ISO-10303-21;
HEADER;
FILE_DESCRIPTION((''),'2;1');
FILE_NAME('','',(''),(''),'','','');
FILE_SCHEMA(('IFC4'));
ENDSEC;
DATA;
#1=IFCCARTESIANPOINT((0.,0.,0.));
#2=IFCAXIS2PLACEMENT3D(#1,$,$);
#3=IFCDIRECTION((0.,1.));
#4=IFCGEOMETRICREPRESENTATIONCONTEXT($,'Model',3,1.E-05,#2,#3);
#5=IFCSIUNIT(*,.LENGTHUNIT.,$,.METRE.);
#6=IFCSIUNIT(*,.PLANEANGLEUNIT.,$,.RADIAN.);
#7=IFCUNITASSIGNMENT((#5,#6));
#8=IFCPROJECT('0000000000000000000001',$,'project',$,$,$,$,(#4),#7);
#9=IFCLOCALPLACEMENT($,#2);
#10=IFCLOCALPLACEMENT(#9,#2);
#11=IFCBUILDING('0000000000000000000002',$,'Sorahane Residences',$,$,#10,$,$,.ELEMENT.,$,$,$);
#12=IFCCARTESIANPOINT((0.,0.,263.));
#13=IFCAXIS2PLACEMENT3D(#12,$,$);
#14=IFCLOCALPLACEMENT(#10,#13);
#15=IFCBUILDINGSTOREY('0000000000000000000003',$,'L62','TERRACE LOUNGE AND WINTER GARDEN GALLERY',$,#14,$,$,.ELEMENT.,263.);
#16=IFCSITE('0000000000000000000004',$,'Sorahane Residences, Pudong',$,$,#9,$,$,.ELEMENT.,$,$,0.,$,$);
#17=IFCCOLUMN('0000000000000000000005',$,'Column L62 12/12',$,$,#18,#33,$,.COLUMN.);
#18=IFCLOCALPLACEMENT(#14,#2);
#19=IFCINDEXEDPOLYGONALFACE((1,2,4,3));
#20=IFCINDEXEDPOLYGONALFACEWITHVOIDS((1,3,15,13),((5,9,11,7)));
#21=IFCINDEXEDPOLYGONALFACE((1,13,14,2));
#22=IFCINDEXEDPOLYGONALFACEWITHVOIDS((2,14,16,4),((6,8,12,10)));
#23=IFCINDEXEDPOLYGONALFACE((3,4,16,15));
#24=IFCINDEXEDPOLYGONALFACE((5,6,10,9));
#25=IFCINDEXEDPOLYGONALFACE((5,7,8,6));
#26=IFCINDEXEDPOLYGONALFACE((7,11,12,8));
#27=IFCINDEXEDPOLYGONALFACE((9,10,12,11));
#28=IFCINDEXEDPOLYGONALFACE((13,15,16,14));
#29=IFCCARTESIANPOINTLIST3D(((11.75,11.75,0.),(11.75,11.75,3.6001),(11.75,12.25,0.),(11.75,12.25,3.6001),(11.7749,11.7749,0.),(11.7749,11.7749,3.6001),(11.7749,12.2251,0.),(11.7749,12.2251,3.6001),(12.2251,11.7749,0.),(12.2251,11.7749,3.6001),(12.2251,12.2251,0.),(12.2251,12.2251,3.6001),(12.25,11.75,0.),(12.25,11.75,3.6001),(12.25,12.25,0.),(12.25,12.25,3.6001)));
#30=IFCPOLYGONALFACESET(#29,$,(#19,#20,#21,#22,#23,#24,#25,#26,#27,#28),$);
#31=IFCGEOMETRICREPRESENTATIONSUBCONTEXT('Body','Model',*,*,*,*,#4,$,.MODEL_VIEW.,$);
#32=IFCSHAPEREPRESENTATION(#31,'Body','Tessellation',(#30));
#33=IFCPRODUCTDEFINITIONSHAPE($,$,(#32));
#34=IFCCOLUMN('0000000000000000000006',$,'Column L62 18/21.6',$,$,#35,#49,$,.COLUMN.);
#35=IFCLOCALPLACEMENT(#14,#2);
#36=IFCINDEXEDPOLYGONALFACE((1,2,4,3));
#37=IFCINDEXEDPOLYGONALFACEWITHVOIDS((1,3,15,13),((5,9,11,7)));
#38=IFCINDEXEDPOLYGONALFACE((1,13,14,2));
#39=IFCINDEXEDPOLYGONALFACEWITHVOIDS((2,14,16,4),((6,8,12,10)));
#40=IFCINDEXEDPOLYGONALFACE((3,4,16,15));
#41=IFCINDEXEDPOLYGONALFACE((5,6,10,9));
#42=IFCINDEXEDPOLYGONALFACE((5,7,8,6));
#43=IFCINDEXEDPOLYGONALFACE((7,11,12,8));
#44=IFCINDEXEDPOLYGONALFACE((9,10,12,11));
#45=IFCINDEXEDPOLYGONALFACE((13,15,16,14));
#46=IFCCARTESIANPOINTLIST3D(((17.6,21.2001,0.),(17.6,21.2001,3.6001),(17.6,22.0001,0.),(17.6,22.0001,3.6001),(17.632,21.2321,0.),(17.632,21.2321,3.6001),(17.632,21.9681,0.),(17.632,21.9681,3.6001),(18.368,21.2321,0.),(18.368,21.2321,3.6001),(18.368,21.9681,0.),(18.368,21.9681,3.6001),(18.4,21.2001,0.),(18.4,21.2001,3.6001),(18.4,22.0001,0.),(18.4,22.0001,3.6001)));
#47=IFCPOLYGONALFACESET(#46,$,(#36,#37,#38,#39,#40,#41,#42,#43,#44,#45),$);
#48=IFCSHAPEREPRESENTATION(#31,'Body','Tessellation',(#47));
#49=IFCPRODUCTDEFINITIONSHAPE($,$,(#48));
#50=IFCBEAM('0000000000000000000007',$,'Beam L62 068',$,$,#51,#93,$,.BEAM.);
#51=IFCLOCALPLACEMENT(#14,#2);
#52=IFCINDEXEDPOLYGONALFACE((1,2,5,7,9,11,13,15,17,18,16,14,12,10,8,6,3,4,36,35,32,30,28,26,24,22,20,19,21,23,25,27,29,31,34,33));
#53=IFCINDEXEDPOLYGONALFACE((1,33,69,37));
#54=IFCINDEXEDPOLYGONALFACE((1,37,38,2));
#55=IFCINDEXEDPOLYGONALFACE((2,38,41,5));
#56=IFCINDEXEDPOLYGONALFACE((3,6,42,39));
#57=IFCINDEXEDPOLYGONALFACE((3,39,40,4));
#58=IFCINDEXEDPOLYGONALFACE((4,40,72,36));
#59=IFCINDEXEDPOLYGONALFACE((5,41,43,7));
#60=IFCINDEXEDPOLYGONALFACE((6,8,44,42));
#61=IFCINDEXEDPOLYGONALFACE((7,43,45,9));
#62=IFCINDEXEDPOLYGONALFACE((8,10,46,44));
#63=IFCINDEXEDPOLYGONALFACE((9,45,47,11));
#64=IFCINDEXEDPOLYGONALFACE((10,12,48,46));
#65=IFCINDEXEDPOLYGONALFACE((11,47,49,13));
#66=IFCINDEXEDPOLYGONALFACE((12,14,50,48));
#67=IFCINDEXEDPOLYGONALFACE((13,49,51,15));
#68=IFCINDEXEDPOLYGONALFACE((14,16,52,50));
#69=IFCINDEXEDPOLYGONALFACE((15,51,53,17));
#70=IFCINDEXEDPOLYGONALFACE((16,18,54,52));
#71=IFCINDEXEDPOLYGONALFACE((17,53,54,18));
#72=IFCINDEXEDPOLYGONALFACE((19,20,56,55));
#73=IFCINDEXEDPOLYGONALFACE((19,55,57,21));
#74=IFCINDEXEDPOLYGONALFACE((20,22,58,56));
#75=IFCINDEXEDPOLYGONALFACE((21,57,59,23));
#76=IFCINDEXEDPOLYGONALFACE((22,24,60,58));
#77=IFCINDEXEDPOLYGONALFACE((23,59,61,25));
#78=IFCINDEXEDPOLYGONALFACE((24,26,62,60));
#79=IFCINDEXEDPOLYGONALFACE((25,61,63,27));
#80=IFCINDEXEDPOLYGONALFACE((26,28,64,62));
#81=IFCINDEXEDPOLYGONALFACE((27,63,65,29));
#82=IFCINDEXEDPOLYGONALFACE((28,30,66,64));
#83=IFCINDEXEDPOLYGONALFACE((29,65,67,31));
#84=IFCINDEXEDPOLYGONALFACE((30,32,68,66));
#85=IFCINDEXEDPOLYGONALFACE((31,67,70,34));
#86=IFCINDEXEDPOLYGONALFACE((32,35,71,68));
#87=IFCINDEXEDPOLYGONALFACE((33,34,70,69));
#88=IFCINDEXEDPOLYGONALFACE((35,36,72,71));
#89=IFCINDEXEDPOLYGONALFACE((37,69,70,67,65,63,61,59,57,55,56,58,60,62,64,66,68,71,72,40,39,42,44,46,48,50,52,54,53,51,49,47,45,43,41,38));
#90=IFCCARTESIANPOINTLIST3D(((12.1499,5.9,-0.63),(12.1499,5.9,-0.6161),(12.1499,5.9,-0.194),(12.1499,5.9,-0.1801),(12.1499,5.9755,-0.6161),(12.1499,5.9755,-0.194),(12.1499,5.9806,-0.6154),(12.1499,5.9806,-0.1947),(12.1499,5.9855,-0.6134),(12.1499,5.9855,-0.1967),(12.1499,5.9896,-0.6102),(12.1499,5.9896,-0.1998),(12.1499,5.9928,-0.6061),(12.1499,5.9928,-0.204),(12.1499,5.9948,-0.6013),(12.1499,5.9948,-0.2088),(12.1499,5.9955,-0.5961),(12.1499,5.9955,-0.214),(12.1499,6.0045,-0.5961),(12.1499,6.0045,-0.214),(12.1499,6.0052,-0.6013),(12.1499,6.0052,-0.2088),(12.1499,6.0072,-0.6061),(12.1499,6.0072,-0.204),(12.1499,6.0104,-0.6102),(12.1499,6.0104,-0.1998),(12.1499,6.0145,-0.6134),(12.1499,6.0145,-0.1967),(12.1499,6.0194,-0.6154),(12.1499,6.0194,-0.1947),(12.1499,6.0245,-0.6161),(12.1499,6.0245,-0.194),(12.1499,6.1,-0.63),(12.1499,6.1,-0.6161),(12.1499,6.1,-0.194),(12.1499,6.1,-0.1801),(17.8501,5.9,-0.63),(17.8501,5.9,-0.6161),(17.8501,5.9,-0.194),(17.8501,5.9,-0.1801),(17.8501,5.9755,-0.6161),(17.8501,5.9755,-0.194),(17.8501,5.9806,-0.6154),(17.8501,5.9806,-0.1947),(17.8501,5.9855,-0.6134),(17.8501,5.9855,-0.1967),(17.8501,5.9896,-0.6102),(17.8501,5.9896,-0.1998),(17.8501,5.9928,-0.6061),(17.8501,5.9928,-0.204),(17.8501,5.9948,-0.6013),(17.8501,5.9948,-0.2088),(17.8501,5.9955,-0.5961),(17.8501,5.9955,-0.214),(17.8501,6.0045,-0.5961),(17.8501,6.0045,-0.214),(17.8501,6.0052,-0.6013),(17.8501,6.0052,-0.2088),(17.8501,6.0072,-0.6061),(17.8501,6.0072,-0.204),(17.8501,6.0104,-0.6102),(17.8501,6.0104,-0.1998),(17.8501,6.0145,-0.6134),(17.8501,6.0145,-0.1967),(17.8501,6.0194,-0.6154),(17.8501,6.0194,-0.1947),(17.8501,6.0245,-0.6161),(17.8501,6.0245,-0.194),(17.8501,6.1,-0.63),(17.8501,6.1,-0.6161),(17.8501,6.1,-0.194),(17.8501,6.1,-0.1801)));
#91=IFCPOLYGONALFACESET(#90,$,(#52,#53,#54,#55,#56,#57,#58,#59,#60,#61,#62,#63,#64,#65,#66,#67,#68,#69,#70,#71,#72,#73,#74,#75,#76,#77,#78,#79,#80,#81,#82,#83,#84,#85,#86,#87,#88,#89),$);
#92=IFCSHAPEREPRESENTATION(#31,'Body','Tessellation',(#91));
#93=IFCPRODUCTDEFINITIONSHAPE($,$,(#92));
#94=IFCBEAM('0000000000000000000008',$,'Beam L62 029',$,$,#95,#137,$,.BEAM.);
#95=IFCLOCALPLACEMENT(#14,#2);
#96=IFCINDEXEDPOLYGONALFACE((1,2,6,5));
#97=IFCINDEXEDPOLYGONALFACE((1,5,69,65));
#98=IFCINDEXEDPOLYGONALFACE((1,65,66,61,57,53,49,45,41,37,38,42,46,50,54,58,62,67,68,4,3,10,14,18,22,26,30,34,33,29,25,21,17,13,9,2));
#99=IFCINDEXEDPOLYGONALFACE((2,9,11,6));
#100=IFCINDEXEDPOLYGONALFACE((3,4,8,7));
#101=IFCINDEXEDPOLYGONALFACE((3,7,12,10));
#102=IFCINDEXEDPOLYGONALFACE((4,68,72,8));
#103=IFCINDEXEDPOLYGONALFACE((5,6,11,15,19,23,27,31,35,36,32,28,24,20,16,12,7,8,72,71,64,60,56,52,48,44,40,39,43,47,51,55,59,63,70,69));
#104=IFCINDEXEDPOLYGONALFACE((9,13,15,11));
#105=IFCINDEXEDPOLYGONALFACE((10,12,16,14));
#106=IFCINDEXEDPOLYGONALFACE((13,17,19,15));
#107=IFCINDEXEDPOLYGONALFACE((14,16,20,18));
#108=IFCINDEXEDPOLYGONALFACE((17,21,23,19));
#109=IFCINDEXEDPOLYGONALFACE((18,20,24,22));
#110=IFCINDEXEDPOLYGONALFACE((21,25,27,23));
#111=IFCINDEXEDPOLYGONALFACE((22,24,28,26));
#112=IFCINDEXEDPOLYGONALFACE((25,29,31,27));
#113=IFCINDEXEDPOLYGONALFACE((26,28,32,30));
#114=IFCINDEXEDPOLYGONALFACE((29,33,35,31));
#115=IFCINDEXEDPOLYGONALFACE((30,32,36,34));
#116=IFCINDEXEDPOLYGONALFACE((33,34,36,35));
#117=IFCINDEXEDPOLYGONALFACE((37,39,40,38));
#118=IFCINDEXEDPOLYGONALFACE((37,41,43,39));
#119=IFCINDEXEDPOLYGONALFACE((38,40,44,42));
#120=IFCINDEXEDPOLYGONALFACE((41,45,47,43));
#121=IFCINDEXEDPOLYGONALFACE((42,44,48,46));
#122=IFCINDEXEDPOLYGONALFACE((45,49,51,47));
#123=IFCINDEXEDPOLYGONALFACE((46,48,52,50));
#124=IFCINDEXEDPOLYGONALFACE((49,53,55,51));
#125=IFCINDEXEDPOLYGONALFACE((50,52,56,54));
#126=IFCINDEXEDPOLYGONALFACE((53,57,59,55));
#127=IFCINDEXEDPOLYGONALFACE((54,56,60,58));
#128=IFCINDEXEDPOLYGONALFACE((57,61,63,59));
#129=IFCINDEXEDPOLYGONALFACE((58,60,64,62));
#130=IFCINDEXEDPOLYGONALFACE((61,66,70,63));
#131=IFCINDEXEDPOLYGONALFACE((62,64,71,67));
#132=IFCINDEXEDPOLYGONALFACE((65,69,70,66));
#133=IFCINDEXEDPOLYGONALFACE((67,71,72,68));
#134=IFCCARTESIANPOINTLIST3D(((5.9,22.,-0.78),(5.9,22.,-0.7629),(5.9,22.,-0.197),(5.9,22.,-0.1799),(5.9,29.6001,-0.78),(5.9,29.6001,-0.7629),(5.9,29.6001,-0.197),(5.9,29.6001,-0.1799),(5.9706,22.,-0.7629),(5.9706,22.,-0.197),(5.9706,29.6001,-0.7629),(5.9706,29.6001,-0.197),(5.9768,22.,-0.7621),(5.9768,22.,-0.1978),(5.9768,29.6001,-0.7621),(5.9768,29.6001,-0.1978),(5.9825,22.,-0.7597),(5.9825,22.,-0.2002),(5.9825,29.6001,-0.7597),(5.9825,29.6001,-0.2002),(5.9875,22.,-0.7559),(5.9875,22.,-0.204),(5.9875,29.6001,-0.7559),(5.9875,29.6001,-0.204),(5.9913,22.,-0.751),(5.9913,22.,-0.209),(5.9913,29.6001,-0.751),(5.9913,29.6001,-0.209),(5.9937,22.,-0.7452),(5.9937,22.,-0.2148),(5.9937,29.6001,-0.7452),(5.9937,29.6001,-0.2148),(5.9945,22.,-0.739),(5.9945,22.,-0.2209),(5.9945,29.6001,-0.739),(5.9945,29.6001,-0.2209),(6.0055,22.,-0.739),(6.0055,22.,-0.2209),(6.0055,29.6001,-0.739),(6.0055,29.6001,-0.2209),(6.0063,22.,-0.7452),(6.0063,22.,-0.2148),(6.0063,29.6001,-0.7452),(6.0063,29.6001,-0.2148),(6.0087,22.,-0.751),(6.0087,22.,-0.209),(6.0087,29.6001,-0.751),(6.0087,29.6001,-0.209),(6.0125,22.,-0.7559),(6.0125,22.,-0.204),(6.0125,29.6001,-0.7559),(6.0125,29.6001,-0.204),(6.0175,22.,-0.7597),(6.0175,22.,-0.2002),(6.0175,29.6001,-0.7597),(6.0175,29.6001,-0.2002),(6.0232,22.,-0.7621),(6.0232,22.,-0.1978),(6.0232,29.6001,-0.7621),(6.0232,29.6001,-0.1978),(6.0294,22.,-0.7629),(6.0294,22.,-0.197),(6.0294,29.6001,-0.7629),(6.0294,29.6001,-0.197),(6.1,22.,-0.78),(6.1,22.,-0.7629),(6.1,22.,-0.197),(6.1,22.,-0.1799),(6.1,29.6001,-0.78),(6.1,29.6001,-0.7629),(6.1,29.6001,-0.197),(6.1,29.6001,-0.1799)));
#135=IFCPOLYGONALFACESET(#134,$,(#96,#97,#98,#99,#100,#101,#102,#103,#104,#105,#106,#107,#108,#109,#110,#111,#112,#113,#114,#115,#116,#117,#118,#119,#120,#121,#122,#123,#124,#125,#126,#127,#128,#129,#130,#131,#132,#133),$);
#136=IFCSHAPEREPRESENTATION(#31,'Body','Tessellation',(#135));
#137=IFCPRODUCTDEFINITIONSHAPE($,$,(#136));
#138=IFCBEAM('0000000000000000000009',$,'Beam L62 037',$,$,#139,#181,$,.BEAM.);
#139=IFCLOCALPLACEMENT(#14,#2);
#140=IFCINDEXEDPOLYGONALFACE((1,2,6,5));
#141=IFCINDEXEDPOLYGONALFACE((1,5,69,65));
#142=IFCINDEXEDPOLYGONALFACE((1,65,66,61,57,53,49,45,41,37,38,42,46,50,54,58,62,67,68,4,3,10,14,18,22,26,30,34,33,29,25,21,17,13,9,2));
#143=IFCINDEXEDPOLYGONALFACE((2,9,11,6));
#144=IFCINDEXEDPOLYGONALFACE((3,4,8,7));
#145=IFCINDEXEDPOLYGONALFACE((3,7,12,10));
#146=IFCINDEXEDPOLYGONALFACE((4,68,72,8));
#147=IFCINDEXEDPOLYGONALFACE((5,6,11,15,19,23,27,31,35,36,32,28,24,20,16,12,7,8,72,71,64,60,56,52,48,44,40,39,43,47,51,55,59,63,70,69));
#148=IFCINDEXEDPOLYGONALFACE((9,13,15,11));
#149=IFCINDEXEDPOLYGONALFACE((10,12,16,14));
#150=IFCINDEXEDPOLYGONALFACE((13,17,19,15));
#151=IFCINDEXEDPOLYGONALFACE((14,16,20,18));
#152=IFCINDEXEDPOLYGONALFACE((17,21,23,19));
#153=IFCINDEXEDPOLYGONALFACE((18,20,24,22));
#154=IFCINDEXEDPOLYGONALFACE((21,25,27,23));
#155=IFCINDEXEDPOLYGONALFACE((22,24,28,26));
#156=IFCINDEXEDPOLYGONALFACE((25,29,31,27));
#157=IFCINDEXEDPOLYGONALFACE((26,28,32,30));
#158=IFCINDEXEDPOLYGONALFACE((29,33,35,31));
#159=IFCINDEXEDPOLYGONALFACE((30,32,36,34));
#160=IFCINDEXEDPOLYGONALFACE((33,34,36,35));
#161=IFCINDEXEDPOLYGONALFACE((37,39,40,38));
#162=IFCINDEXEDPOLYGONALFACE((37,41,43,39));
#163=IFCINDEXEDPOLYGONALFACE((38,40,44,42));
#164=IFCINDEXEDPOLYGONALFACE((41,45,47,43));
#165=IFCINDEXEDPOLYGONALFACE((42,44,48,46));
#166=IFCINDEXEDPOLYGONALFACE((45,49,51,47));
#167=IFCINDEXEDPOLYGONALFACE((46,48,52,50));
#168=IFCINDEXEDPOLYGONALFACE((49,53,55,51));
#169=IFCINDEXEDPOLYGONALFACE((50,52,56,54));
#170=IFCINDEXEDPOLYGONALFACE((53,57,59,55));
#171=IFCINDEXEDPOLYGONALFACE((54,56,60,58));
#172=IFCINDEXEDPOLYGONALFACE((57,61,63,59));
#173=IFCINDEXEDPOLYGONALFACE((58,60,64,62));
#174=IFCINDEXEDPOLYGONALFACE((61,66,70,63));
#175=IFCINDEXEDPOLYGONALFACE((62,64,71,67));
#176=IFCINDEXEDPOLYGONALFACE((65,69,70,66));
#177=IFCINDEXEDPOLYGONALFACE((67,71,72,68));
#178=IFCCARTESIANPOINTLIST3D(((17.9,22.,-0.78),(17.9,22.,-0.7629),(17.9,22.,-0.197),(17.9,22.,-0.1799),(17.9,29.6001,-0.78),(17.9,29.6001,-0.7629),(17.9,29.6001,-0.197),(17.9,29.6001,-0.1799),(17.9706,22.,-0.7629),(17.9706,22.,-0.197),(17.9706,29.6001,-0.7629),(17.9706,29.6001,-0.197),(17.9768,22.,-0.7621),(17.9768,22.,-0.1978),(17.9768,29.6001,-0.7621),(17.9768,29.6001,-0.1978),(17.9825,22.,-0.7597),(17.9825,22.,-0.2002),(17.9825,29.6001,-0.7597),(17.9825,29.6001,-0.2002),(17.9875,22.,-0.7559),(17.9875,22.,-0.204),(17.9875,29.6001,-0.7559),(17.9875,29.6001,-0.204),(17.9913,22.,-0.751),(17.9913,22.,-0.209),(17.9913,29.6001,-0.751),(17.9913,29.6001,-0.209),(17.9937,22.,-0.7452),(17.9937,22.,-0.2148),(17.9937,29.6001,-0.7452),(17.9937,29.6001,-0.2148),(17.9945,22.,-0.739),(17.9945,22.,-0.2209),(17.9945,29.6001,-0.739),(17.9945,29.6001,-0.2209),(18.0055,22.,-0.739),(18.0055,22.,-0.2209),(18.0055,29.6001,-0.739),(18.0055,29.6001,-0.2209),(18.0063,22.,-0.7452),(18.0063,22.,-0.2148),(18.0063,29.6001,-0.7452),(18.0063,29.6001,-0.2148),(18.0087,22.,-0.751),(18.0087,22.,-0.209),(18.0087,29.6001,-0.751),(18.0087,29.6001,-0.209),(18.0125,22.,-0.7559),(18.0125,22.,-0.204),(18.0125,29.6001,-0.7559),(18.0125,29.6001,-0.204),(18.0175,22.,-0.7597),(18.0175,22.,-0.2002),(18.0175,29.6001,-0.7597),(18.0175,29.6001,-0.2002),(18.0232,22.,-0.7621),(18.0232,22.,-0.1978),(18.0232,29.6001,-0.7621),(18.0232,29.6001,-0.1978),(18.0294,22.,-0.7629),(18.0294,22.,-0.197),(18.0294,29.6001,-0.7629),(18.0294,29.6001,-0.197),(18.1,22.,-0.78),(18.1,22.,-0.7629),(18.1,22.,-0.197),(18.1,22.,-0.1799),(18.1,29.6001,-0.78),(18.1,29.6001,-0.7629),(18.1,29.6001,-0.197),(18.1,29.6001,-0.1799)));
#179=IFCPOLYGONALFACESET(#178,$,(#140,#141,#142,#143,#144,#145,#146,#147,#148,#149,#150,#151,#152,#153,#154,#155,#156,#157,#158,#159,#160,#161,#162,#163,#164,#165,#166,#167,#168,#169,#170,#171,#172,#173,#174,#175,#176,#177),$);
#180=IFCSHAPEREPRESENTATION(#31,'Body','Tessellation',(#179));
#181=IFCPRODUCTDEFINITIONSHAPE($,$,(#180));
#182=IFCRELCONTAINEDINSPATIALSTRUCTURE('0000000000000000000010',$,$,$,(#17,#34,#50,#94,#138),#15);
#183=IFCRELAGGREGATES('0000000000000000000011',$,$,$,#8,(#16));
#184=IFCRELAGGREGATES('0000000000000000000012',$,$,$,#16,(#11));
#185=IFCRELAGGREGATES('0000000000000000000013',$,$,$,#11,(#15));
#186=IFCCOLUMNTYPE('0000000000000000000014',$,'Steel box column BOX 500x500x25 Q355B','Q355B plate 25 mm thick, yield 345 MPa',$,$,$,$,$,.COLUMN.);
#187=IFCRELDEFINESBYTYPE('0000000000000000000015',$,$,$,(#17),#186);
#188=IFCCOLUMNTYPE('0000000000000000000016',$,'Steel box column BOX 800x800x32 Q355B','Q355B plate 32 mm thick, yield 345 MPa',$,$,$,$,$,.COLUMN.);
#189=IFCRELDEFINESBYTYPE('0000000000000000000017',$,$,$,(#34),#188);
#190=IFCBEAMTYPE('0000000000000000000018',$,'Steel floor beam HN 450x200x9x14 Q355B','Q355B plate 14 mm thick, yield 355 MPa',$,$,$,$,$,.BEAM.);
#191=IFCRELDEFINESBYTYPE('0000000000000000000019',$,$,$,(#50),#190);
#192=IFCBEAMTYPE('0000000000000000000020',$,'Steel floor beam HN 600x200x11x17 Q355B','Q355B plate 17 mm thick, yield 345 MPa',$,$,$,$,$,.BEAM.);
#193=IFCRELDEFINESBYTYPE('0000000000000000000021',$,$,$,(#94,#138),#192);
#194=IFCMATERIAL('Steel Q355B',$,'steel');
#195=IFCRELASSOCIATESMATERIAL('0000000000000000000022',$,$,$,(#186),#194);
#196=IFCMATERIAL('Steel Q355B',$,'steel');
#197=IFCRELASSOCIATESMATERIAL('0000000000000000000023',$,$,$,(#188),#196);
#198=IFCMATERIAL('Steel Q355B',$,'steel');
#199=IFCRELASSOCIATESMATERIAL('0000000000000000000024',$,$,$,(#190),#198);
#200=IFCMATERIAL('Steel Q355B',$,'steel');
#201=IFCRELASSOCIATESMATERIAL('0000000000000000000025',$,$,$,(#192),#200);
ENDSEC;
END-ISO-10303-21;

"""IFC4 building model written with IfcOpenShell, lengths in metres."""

from ifc_helpers import new_model, si_unit, direction, frame, origin, origin_2d, place, context, subcontext, project, spatial, hollow_rectangle, i_section, extrude, material, material_profile, profile_set, type_object, element, save


model = new_model("IFC4")

# Units and contexts
model_context = context("Model", 3, precision=1e-05, world=origin(), true_north=direction((0.0, 1.0)))
body_context = subcontext(model_context, "Body", "Model", "MODEL_VIEW")
ifc_project = project(units=[si_unit("LENGTHUNIT", "METRE"), si_unit("PLANEANGLEUNIT", "RADIAN")], contexts=[model_context])

# Site, building, storey
site_placement = place(None, origin())
site = spatial("IfcSite", under=ifc_project, at=site_placement, Name="Sorahane Residences, Pudong", CompositionType="ELEMENT", RefElevation=0.0)
building_placement = place(site_placement, origin())
building = spatial("IfcBuilding", under=site, at=building_placement, Name="Sorahane Residences", CompositionType="ELEMENT")
storey_placement = place(building_placement, frame((0.0, 0.0, 263.0)))
storey = spatial("IfcBuildingStorey", under=building, at=storey_placement, Name="L62", Description="TERRACE LOUNGE AND WINTER GARDEN GALLERY", CompositionType="ELEMENT", Elevation=263.0)

# Columns
ifc_material_1 = material(Name="Steel Q355B", Category="steel")
ifc_material_profile_1 = material_profile(ifc_material_1, hollow_rectangle(XDim=0.5, YDim=0.5, WallThickness=0.0249, at=origin_2d()), Name="BOX 500x500x25")
ifc_profile_set_1 = profile_set([ifc_material_profile_1], Name="Steel Q355B")
column_type_1 = type_object("IfcColumnType", Name="Steel box column BOX 500x500x25 Q355B", Description="Q355B plate 25 mm thick, yield 345 MPa", PredefinedType="COLUMN", material=ifc_profile_set_1)
column_1_placement = place(storey_placement, frame((12.0, 12.0, 0.0), z_axis=(0.0, 0.0, 1.0), x_axis=(1.0, 0.0, 0.0)))
element("IfcColumn", 1, at=column_1_placement, inside=storey, type_object=column_type_1, Name="Column L62 12/12", PredefinedType="COLUMN", context=body_context, shape_type="SweptSolid", body=[
    extrude(hollow_rectangle(XDim=0.5, YDim=0.5, WallThickness=0.0249, at=origin_2d()), origin(), (0.0, 0.0, 1.0), 3.6001),
])
ifc_material_2 = material(Name="Steel Q355B", Category="steel")
ifc_material_profile_2 = material_profile(ifc_material_2, hollow_rectangle(XDim=0.8, YDim=0.8, WallThickness=0.032, at=origin_2d()), Name="BOX 800x800x32")
ifc_profile_set_2 = profile_set([ifc_material_profile_2], Name="Steel Q355B")
column_type_2 = type_object("IfcColumnType", Name="Steel box column BOX 800x800x32 Q355B", Description="Q355B plate 32 mm thick, yield 345 MPa", PredefinedType="COLUMN", material=ifc_profile_set_2)
column_2_placement = place(storey_placement, frame((18.0, 21.6001, 0.0), z_axis=(0.0, 0.0, 1.0), x_axis=(1.0, 0.0, 0.0)))
element("IfcColumn", 2, at=column_2_placement, inside=storey, type_object=column_type_2, Name="Column L62 18/21.6", PredefinedType="COLUMN", context=body_context, shape_type="SweptSolid", body=[
    extrude(hollow_rectangle(XDim=0.8, YDim=0.8, WallThickness=0.032, at=origin_2d()), origin(), (0.0, 0.0, 1.0), 3.6001),
])

# Beams
ifc_material_3 = material(Name="Steel Q355B", Category="steel")
ifc_material_profile_3 = material_profile(ifc_material_3, i_section(OverallWidth=0.2, OverallDepth=0.45, WebThickness=0.009, FlangeThickness=0.0139, FilletRadius=0.02, at=origin_2d()), Name="HN 450x200x9x14")
ifc_profile_set_3 = profile_set([ifc_material_profile_3], Name="Steel Q355B")
beam_type_1 = type_object("IfcBeamType", Name="Steel floor beam HN 450x200x9x14 Q355B", Description="Q355B plate 14 mm thick, yield 355 MPa", PredefinedType="BEAM", material=ifc_profile_set_3)
beam_1_placement = place(storey_placement, frame((12.1499, 6.0, -0.405), z_axis=(1.0, 0.0, 0.0), x_axis=(0.0, 1.0, 0.0)))
element("IfcBeam", 3, at=beam_1_placement, inside=storey, type_object=beam_type_1, Name="Beam L62 068", PredefinedType="BEAM", context=body_context, shape_type="SweptSolid", body=[
    extrude(i_section(OverallWidth=0.2, OverallDepth=0.45, WebThickness=0.009, FlangeThickness=0.0139, FilletRadius=0.02, at=origin_2d()), origin(), (0.0, 0.0, 1.0), 5.7002),
])
ifc_material_4 = material(Name="Steel Q355B", Category="steel")
ifc_material_profile_4 = material_profile(ifc_material_4, i_section(OverallWidth=0.2, OverallDepth=0.6001, WebThickness=0.011, FlangeThickness=0.0171, FilletRadius=0.0239, at=origin_2d()), Name="HN 600x200x11x17")
ifc_profile_set_4 = profile_set([ifc_material_profile_4], Name="Steel Q355B")
beam_type_2 = type_object("IfcBeamType", Name="Steel floor beam HN 600x200x11x17 Q355B", Description="Q355B plate 17 mm thick, yield 345 MPa", PredefinedType="BEAM", material=ifc_profile_set_4)
for number, where, z_axis, x_axis, name in (
    (4, (6.0, 22.0, -0.48), (0.0, 1.0, 0.0), (-1.0, 0.0, 0.0), "Beam L62 029"),
    (5, (18.0, 22.0, -0.48), (0.0, 1.0, 0.0), (-1.0, 0.0, 0.0), "Beam L62 037"),
):
    element("IfcBeam", number, at=place(storey_placement, frame(where, z_axis=z_axis, x_axis=x_axis)), inside=storey, type_object=beam_type_2, Name=name, PredefinedType="BEAM", context=body_context, shape_type="SweptSolid", body=[
        extrude(i_section(OverallWidth=0.2, OverallDepth=0.6001, WebThickness=0.011, FlangeThickness=0.0171, FilletRadius=0.0239, at=origin_2d()), origin(), (0.0, 0.0, 1.0), 7.6001),
    ])

save(model, "model.ifc")
